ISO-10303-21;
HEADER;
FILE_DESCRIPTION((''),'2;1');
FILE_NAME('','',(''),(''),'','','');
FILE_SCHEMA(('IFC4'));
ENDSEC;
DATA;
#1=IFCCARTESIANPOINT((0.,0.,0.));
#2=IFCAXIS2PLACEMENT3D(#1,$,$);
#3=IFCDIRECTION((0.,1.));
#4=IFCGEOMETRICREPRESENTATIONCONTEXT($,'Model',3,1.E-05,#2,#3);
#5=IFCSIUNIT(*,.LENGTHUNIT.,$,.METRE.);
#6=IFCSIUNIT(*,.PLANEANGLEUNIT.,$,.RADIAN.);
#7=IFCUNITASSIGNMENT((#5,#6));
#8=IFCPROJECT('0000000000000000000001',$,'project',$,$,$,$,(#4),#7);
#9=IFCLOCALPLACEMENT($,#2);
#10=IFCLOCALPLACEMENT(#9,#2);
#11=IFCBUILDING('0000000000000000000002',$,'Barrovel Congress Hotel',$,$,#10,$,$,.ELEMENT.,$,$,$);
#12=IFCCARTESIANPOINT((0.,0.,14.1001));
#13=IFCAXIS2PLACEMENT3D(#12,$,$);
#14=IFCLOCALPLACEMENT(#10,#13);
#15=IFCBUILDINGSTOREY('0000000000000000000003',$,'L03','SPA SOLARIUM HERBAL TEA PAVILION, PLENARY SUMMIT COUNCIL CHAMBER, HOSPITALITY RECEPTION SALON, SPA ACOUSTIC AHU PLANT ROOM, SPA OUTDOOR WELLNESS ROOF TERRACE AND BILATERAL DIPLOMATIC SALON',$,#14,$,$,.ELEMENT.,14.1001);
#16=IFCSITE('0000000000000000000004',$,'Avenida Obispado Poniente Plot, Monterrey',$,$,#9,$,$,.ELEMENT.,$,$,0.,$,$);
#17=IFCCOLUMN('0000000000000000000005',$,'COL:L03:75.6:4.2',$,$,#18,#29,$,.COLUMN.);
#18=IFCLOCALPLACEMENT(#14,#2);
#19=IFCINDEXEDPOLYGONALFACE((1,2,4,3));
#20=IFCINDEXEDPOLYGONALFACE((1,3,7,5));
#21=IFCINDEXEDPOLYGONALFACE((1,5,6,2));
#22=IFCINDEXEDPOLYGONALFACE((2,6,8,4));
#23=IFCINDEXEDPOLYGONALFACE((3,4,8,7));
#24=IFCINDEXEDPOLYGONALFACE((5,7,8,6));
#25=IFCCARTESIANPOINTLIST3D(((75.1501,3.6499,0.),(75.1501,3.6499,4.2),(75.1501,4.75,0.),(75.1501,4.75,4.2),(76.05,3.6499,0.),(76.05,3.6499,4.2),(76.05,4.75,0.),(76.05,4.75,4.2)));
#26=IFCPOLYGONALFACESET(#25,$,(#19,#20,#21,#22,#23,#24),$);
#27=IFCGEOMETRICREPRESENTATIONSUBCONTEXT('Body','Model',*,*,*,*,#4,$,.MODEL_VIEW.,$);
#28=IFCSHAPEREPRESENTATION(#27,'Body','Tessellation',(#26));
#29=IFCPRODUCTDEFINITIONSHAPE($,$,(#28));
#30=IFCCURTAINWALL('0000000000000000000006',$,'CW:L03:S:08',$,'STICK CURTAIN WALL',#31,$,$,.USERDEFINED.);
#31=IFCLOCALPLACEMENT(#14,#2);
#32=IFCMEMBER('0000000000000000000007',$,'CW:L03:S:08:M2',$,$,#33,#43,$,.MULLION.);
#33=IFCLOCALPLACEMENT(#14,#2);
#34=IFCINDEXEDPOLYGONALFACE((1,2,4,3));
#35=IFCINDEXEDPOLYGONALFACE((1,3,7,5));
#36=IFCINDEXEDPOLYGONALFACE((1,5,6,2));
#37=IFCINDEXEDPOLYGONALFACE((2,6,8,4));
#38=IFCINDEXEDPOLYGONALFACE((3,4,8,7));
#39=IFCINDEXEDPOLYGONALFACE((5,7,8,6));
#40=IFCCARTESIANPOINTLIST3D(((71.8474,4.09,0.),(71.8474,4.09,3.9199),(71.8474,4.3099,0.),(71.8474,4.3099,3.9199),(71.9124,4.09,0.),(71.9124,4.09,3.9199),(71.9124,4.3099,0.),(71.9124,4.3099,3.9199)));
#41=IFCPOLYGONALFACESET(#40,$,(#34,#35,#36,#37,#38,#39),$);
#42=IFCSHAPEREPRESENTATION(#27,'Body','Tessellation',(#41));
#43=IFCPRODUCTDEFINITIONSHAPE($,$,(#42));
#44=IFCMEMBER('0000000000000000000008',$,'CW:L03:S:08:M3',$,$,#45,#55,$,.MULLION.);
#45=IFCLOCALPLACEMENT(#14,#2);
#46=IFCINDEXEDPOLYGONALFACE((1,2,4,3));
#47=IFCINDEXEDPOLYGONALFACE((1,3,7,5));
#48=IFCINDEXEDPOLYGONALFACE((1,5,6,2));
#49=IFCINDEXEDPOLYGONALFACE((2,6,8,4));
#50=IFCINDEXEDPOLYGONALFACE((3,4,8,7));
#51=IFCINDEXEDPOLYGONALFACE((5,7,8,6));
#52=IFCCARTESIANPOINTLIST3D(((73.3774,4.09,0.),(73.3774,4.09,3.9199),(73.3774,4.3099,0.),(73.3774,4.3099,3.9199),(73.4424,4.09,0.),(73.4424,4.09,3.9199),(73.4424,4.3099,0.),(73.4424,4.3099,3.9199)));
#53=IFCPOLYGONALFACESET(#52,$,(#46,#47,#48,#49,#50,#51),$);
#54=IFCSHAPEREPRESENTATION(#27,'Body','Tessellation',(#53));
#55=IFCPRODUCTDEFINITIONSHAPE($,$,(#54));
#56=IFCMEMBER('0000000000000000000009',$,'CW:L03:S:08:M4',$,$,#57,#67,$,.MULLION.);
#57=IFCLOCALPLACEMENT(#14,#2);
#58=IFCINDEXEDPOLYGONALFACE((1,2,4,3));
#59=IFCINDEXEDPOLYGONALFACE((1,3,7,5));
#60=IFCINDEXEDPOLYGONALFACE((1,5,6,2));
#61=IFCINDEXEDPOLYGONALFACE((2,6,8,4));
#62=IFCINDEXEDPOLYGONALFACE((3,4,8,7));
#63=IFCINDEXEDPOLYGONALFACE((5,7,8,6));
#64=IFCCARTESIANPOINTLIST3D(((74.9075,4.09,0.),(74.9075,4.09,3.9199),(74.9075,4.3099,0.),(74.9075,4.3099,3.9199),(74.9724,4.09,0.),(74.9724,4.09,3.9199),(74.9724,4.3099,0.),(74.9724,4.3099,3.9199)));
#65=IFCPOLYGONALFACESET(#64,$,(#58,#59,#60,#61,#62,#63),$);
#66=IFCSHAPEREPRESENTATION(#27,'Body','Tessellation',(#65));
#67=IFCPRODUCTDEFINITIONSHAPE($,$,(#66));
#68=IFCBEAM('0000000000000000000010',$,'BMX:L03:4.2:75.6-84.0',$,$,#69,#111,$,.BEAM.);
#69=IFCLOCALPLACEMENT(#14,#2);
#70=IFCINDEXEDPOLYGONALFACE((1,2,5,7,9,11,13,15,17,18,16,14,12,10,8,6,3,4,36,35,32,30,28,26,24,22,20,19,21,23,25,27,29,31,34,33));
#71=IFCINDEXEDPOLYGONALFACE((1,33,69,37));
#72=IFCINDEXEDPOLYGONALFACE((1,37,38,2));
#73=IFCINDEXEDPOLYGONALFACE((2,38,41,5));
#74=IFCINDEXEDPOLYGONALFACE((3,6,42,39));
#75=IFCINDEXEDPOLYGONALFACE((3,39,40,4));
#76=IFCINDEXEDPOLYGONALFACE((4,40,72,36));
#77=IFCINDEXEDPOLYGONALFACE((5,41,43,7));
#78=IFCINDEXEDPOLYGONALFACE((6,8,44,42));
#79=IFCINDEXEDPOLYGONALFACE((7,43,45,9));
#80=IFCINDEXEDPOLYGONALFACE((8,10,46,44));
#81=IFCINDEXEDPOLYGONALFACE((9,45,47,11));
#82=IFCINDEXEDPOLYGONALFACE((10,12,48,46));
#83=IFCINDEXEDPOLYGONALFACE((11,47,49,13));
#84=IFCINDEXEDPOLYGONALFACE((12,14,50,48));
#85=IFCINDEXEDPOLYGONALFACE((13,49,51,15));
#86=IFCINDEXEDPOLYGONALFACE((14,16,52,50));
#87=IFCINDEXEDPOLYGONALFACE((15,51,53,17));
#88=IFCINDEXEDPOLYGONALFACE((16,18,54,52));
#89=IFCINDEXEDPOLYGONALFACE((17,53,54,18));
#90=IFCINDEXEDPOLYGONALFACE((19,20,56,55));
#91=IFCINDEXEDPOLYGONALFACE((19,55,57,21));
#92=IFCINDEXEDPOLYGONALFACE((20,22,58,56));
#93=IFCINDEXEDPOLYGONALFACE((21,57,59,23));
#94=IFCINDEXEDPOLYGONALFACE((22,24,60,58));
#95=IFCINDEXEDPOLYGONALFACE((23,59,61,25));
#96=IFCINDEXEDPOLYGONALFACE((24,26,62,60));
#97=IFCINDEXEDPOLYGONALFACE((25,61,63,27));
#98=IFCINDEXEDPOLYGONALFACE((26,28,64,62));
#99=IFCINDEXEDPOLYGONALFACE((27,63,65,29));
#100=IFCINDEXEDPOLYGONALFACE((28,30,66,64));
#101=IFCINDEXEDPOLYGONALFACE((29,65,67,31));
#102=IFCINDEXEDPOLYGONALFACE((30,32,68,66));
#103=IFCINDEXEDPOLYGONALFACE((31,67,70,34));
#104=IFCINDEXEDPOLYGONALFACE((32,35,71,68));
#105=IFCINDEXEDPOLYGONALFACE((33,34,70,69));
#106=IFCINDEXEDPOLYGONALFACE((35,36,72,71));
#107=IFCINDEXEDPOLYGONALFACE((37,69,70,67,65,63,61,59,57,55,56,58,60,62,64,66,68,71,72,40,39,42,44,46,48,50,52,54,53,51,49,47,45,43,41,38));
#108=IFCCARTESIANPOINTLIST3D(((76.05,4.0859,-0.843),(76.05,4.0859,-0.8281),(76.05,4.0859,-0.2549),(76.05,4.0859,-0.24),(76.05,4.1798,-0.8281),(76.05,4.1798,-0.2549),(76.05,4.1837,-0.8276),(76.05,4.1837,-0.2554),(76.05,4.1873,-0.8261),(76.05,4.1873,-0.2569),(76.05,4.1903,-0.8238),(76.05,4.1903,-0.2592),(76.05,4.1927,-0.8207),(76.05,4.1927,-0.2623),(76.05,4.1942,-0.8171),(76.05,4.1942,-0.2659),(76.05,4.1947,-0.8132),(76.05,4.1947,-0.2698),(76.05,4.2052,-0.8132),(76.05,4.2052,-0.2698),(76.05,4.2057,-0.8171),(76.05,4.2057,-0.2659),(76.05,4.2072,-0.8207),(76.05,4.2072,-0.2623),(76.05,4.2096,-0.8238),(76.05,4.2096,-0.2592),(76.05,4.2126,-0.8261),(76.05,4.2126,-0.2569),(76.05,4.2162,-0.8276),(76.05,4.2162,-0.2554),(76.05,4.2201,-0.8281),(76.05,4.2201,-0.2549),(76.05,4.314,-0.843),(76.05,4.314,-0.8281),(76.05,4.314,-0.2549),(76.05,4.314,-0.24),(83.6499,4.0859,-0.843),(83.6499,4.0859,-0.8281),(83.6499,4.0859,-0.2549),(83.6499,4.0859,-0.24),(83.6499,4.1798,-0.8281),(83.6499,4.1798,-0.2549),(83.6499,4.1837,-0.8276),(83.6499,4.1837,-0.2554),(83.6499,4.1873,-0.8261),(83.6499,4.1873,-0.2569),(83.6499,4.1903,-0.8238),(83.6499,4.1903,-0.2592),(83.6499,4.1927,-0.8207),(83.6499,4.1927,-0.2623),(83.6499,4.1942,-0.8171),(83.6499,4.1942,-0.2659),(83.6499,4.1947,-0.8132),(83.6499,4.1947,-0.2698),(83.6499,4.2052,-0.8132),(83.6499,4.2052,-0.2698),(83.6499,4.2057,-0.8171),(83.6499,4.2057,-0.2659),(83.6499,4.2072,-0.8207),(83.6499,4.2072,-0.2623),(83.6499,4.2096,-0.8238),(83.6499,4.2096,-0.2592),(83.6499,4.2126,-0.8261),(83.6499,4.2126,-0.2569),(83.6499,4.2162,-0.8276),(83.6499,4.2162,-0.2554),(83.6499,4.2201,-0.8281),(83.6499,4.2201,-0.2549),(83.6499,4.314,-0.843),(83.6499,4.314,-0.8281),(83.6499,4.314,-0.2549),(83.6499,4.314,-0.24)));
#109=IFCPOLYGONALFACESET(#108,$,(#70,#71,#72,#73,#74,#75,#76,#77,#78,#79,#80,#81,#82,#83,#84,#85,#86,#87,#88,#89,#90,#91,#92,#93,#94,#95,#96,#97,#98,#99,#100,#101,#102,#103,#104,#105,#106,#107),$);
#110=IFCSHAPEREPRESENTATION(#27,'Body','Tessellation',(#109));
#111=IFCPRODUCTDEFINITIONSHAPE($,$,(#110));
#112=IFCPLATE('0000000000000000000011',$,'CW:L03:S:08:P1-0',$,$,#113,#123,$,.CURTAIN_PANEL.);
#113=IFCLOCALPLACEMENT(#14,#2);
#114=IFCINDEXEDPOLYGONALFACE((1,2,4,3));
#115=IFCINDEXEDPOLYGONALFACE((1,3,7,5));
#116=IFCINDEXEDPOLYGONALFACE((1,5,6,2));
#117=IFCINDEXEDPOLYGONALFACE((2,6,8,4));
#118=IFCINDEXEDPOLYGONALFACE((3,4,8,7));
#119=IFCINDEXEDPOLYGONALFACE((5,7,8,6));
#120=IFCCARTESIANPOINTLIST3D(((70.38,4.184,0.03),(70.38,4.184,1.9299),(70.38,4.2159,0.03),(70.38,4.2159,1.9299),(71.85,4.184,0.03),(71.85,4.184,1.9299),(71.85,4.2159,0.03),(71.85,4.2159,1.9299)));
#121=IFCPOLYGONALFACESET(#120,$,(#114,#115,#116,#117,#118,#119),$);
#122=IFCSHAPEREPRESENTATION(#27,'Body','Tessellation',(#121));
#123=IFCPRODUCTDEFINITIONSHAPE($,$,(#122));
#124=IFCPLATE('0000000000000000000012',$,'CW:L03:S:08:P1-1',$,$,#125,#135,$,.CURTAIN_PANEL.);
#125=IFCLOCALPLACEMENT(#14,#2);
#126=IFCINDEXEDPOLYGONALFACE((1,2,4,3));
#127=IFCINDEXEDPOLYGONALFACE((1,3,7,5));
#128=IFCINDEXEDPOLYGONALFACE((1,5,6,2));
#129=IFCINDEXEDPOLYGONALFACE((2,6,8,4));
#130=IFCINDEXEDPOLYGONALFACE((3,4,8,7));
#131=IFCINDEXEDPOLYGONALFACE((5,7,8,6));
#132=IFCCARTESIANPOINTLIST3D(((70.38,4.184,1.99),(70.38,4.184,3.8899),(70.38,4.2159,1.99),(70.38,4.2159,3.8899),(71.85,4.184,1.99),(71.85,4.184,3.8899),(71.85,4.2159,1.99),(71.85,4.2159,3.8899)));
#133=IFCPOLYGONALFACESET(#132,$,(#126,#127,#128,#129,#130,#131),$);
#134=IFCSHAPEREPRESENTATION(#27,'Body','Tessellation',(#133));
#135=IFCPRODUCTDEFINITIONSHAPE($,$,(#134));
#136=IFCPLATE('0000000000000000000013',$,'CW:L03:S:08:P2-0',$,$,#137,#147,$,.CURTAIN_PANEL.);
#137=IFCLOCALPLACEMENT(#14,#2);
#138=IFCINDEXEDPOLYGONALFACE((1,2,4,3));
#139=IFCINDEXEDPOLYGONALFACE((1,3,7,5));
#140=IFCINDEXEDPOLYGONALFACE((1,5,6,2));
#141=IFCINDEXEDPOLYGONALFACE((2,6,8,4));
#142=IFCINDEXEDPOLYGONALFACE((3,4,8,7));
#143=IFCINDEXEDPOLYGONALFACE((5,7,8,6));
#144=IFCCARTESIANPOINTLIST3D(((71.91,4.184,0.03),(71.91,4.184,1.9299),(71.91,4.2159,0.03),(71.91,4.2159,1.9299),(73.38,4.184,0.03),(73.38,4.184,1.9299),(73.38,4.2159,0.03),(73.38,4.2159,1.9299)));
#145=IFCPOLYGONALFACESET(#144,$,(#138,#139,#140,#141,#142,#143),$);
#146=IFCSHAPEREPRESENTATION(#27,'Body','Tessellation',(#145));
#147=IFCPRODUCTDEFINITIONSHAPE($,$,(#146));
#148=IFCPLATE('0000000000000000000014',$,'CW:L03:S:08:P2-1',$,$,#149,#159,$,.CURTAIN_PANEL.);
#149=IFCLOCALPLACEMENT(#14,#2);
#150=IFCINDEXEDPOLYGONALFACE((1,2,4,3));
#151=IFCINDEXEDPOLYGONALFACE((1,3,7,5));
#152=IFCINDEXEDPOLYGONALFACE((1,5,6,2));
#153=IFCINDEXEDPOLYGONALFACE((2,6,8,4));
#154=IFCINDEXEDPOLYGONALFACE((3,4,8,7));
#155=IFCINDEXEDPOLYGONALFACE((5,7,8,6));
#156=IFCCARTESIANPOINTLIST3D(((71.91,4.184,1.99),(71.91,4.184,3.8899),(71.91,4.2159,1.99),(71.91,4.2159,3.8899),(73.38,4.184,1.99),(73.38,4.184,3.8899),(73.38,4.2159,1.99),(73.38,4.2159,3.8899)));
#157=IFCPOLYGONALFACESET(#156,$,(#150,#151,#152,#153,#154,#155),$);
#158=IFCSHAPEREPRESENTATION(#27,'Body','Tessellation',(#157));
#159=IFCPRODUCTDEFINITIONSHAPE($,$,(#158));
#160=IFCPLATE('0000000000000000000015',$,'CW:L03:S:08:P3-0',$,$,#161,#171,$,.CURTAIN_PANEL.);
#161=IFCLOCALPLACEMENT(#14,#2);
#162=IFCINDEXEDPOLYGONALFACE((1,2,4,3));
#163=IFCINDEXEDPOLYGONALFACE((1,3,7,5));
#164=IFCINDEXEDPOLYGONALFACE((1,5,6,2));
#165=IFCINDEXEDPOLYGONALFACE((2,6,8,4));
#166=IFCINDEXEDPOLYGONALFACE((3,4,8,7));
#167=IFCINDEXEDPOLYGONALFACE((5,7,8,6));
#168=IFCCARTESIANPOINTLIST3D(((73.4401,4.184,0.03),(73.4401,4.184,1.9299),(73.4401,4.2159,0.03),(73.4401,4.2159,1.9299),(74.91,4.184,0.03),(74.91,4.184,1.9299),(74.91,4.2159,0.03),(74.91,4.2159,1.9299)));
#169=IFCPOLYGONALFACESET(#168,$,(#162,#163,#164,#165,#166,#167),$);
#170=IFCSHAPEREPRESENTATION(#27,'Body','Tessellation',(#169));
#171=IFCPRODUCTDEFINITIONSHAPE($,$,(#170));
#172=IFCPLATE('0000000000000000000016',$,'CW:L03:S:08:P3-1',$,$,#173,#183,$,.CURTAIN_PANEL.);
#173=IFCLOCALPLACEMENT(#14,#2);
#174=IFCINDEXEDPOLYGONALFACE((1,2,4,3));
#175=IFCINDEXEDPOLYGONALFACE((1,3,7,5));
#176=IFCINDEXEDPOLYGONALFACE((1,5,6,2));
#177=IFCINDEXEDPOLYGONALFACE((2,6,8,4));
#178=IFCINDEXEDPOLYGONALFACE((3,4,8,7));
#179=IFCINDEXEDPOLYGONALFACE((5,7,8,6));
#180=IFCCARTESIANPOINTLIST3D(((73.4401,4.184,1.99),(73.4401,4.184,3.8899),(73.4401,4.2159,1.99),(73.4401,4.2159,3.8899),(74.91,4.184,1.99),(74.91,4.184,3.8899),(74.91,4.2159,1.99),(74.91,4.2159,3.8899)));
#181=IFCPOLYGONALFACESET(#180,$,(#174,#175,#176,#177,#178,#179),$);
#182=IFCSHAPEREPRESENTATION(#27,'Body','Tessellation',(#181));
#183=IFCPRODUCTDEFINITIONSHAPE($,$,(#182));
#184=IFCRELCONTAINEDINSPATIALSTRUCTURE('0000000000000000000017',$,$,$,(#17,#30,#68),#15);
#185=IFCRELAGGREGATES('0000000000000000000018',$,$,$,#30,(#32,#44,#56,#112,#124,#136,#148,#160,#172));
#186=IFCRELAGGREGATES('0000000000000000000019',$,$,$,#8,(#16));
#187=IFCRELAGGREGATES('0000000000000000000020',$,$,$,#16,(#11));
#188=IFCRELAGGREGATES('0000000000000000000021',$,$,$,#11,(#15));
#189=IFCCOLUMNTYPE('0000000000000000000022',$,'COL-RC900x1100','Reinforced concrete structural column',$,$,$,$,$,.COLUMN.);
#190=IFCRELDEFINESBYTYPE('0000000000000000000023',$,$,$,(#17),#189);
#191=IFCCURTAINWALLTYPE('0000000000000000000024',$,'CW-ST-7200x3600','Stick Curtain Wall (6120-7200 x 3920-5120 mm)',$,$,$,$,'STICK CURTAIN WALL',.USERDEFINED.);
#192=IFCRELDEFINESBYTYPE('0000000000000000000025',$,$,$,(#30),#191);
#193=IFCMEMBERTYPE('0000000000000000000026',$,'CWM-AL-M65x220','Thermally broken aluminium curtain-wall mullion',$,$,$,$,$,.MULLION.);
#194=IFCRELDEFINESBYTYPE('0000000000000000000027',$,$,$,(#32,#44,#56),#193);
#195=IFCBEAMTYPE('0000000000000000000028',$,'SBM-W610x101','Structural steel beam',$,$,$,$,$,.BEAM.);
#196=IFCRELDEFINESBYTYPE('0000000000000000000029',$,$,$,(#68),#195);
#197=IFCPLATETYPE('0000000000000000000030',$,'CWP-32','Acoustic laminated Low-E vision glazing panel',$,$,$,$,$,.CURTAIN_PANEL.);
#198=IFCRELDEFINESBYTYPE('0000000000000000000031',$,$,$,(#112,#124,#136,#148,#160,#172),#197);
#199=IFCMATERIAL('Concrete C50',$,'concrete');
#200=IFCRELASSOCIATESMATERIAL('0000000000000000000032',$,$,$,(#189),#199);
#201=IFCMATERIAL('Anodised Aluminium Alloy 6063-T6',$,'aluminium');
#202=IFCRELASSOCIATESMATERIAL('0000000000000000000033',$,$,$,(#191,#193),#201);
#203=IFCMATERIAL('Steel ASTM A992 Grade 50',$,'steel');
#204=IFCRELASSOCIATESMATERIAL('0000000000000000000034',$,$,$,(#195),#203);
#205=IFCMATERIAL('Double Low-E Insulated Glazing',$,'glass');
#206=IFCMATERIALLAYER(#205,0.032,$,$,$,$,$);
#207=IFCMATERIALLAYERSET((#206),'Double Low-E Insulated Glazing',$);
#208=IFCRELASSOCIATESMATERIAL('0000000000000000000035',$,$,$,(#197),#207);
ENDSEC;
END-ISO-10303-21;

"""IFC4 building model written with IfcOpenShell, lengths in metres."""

from ifc_helpers import new_model, si_unit, direction, frame, origin, origin_2d, place, context, subcontext, project, spatial, rectangle, i_section, extrude, material, layer, layer_set, material_profile, profile_set, type_object, element, aggregate, save


model = new_model("IFC4")

# Units and contexts
model_context = context("Model", 3, precision=1e-05, world=origin(), true_north=direction((0.0, 1.0)))
body_context = subcontext(model_context, "Body", "Model", "MODEL_VIEW")
ifc_project = project(units=[si_unit("LENGTHUNIT", "METRE"), si_unit("PLANEANGLEUNIT", "RADIAN")], contexts=[model_context])

# Site, building, storey
site_placement = place(None, origin())
site = spatial("IfcSite", under=ifc_project, at=site_placement, Name="Avenida Obispado Poniente Plot, Monterrey", CompositionType="ELEMENT", RefElevation=0.0)
building_placement = place(site_placement, origin())
building = spatial("IfcBuilding", under=site, at=building_placement, Name="Barrovel Congress Hotel", CompositionType="ELEMENT")
storey_placement = place(building_placement, frame((0.0, 0.0, 14.1001)))
storey = spatial("IfcBuildingStorey", under=building, at=storey_placement, Name="L03", Description="SPA SOLARIUM HERBAL TEA PAVILION, PLENARY SUMMIT COUNCIL CHAMBER, HOSPITALITY RECEPTION SALON, SPA ACOUSTIC AHU PLANT ROOM, SPA OUTDOOR WELLNESS ROOF TERRACE AND BILATERAL DIPLOMATIC SALON", CompositionType="ELEMENT", Elevation=14.1001)

# Column
ifc_material_1 = material(Name="Concrete C50", Category="concrete")
ifc_material_profile_1 = material_profile(ifc_material_1, rectangle(XDim=0.8999, YDim=1.1001, at=origin_2d()), Name="RC900x1100")
ifc_profile_set_1 = profile_set([ifc_material_profile_1], Name="Concrete C50")
column_type = type_object("IfcColumnType", Name="COL-RC900x1100", Description="Reinforced concrete structural column", PredefinedType="COLUMN", material=ifc_profile_set_1)
column_placement = place(storey_placement, frame((75.6001, 4.2, 0.0), z_axis=(0.0, 0.0, 1.0), x_axis=(1.0, 0.0, 0.0)))
element("IfcColumn", 1, at=column_placement, inside=storey, type_object=column_type, Name="COL:L03:75.6:4.2", PredefinedType="COLUMN", context=body_context, shape_type="SweptSolid", body=[
    extrude(rectangle(XDim=0.8999, YDim=1.1001, at=origin_2d()), origin(), (0.0, 0.0, 1.0), 4.2),
])

# Curtain wall, members
ifc_material_2 = material(Name="Anodised Aluminium Alloy 6063-T6", Category="aluminium")
curtain_wall_type = type_object("IfcCurtainWallType", Name="CW-ST-7200x3600", Description="Stick Curtain Wall (6120-7200 x 3920-5120 mm)", ElementType="STICK CURTAIN WALL", PredefinedType="USERDEFINED", material=ifc_material_2)
curtain_wall_placement = place(storey_placement, origin())
curtain_wall = element("IfcCurtainWall", 2, at=curtain_wall_placement, inside=storey, type_object=curtain_wall_type, Name="CW:L03:S:08", ObjectType="STICK CURTAIN WALL", PredefinedType="USERDEFINED")
ifc_material_profile_2 = material_profile(ifc_material_2, rectangle(XDim=0.0649, YDim=0.22, at=origin_2d()), Name="AL-M65x220")
ifc_profile_set_2 = profile_set([ifc_material_profile_2], Name="Anodised Aluminium Alloy 6063-T6")
member_type = type_object("IfcMemberType", Name="CWM-AL-M65x220", Description="Thermally broken aluminium curtain-wall mullion", PredefinedType="MULLION", material=ifc_profile_set_2)
member_1_placement = place(storey_placement, frame((71.8799, 4.2, 0.0), z_axis=(0.0, 0.0, 1.0), x_axis=(1.0, 0.0, 0.0)))
member_1 = element("IfcMember", 3, at=member_1_placement, type_object=member_type, Name="CW:L03:S:08:M2", PredefinedType="MULLION", context=body_context, shape_type="SweptSolid", body=[
    extrude(rectangle(XDim=0.0649, YDim=0.22, at=origin_2d()), origin(), (0.0, 0.0, 1.0), 3.9199),
])
member_2_placement = place(storey_placement, frame((73.4099, 4.2, 0.0), z_axis=(0.0, 0.0, 1.0), x_axis=(1.0, 0.0, 0.0)))
member_2 = element("IfcMember", 4, at=member_2_placement, type_object=member_type, Name="CW:L03:S:08:M3", PredefinedType="MULLION", context=body_context, shape_type="SweptSolid", body=[
    extrude(rectangle(XDim=0.0649, YDim=0.22, at=origin_2d()), origin(), (0.0, 0.0, 1.0), 3.9199),
])
member_3_placement = place(storey_placement, frame((74.9399, 4.2, 0.0), z_axis=(0.0, 0.0, 1.0), x_axis=(1.0, 0.0, 0.0)))
member_3 = element("IfcMember", 5, at=member_3_placement, type_object=member_type, Name="CW:L03:S:08:M4", PredefinedType="MULLION", context=body_context, shape_type="SweptSolid", body=[
    extrude(rectangle(XDim=0.0649, YDim=0.22, at=origin_2d()), origin(), (0.0, 0.0, 1.0), 3.9199),
])

# Beam
ifc_material_3 = material(Name="Steel ASTM A992 Grade 50", Category="steel")
ifc_material_profile_3 = material_profile(ifc_material_3, i_section(OverallWidth=0.228, OverallDepth=0.603, WebThickness=0.0105, FlangeThickness=0.0149, FilletRadius=0.0149, at=origin_2d()), Name="W610x101")
ifc_profile_set_3 = profile_set([ifc_material_profile_3], Name="Steel ASTM A992 Grade 50")
beam_type = type_object("IfcBeamType", Name="SBM-W610x101", Description="Structural steel beam", PredefinedType="BEAM", material=ifc_profile_set_3)
beam_placement = place(storey_placement, frame((76.05, 4.2, -0.5415), z_axis=(1.0, 0.0, 0.0), x_axis=(0.0, 1.0, 0.0)))
element("IfcBeam", 6, at=beam_placement, inside=storey, type_object=beam_type, Name="BMX:L03:4.2:75.6-84.0", PredefinedType="BEAM", context=body_context, shape_type="SweptSolid", body=[
    extrude(i_section(OverallWidth=0.228, OverallDepth=0.603, WebThickness=0.0105, FlangeThickness=0.0149, FilletRadius=0.0149, at=origin_2d()), origin(), (0.0, 0.0, 1.0), 7.5999),
])

# Plates
ifc_material_4 = material(Name="Double Low-E Insulated Glazing", Category="glass")
ifc_layer_1 = layer(ifc_material_4, 0.032)
ifc_layer_set_1 = layer_set([ifc_layer_1], Name="Double Low-E Insulated Glazing")
plate_type = type_object("IfcPlateType", Name="CWP-32", Description="Acoustic laminated Low-E vision glazing panel", PredefinedType="CURTAIN_PANEL", material=ifc_layer_set_1)
plate_1_placement = place(storey_placement, frame((71.115, 4.2, 0.03), z_axis=(0.0, 0.0, 1.0), x_axis=(1.0, 0.0, 0.0)))
plate_1 = element("IfcPlate", 7, at=plate_1_placement, type_object=plate_type, Name="CW:L03:S:08:P1-0", PredefinedType="CURTAIN_PANEL", context=body_context, shape_type="SweptSolid", body=[
    extrude(rectangle(XDim=1.47, YDim=0.032, at=origin_2d()), origin(), (0.0, 0.0, 1.0), 1.8999),
])
plate_2_placement = place(storey_placement, frame((71.115, 4.2, 1.99), z_axis=(0.0, 0.0, 1.0), x_axis=(1.0, 0.0, 0.0)))
plate_2 = element("IfcPlate", 8, at=plate_2_placement, type_object=plate_type, Name="CW:L03:S:08:P1-1", PredefinedType="CURTAIN_PANEL", context=body_context, shape_type="SweptSolid", body=[
    extrude(rectangle(XDim=1.47, YDim=0.032, at=origin_2d()), origin(), (0.0, 0.0, 1.0), 1.8999),
])
plate_3_placement = place(storey_placement, frame((72.645, 4.2, 0.03), z_axis=(0.0, 0.0, 1.0), x_axis=(1.0, 0.0, 0.0)))
plate_3 = element("IfcPlate", 9, at=plate_3_placement, type_object=plate_type, Name="CW:L03:S:08:P2-0", PredefinedType="CURTAIN_PANEL", context=body_context, shape_type="SweptSolid", body=[
    extrude(rectangle(XDim=1.47, YDim=0.032, at=origin_2d()), origin(), (0.0, 0.0, 1.0), 1.8999),
])
plate_4_placement = place(storey_placement, frame((72.645, 4.2, 1.99), z_axis=(0.0, 0.0, 1.0), x_axis=(1.0, 0.0, 0.0)))
plate_4 = element("IfcPlate", 10, at=plate_4_placement, type_object=plate_type, Name="CW:L03:S:08:P2-1", PredefinedType="CURTAIN_PANEL", context=body_context, shape_type="SweptSolid", body=[
    extrude(rectangle(XDim=1.47, YDim=0.032, at=origin_2d()), origin(), (0.0, 0.0, 1.0), 1.8999),
])
plate_5_placement = place(storey_placement, frame((74.175, 4.2, 0.03), z_axis=(0.0, 0.0, 1.0), x_axis=(1.0, 0.0, 0.0)))
plate_5 = element("IfcPlate", 11, at=plate_5_placement, type_object=plate_type, Name="CW:L03:S:08:P3-0", PredefinedType="CURTAIN_PANEL", context=body_context, shape_type="SweptSolid", body=[
    extrude(rectangle(XDim=1.47, YDim=0.032, at=origin_2d()), origin(), (0.0, 0.0, 1.0), 1.8999),
])
plate_6_placement = place(storey_placement, frame((74.175, 4.2, 1.99), z_axis=(0.0, 0.0, 1.0), x_axis=(1.0, 0.0, 0.0)))
plate_6 = element("IfcPlate", 12, at=plate_6_placement, type_object=plate_type, Name="CW:L03:S:08:P3-1", PredefinedType="CURTAIN_PANEL", context=body_context, shape_type="SweptSolid", body=[
    extrude(rectangle(XDim=1.47, YDim=0.032, at=origin_2d()), origin(), (0.0, 0.0, 1.0), 1.8999),
])
aggregate(curtain_wall, [member_1, member_2, member_3, plate_1, plate_2, plate_3, plate_4, plate_5, plate_6])

save(model, "model.ifc")
